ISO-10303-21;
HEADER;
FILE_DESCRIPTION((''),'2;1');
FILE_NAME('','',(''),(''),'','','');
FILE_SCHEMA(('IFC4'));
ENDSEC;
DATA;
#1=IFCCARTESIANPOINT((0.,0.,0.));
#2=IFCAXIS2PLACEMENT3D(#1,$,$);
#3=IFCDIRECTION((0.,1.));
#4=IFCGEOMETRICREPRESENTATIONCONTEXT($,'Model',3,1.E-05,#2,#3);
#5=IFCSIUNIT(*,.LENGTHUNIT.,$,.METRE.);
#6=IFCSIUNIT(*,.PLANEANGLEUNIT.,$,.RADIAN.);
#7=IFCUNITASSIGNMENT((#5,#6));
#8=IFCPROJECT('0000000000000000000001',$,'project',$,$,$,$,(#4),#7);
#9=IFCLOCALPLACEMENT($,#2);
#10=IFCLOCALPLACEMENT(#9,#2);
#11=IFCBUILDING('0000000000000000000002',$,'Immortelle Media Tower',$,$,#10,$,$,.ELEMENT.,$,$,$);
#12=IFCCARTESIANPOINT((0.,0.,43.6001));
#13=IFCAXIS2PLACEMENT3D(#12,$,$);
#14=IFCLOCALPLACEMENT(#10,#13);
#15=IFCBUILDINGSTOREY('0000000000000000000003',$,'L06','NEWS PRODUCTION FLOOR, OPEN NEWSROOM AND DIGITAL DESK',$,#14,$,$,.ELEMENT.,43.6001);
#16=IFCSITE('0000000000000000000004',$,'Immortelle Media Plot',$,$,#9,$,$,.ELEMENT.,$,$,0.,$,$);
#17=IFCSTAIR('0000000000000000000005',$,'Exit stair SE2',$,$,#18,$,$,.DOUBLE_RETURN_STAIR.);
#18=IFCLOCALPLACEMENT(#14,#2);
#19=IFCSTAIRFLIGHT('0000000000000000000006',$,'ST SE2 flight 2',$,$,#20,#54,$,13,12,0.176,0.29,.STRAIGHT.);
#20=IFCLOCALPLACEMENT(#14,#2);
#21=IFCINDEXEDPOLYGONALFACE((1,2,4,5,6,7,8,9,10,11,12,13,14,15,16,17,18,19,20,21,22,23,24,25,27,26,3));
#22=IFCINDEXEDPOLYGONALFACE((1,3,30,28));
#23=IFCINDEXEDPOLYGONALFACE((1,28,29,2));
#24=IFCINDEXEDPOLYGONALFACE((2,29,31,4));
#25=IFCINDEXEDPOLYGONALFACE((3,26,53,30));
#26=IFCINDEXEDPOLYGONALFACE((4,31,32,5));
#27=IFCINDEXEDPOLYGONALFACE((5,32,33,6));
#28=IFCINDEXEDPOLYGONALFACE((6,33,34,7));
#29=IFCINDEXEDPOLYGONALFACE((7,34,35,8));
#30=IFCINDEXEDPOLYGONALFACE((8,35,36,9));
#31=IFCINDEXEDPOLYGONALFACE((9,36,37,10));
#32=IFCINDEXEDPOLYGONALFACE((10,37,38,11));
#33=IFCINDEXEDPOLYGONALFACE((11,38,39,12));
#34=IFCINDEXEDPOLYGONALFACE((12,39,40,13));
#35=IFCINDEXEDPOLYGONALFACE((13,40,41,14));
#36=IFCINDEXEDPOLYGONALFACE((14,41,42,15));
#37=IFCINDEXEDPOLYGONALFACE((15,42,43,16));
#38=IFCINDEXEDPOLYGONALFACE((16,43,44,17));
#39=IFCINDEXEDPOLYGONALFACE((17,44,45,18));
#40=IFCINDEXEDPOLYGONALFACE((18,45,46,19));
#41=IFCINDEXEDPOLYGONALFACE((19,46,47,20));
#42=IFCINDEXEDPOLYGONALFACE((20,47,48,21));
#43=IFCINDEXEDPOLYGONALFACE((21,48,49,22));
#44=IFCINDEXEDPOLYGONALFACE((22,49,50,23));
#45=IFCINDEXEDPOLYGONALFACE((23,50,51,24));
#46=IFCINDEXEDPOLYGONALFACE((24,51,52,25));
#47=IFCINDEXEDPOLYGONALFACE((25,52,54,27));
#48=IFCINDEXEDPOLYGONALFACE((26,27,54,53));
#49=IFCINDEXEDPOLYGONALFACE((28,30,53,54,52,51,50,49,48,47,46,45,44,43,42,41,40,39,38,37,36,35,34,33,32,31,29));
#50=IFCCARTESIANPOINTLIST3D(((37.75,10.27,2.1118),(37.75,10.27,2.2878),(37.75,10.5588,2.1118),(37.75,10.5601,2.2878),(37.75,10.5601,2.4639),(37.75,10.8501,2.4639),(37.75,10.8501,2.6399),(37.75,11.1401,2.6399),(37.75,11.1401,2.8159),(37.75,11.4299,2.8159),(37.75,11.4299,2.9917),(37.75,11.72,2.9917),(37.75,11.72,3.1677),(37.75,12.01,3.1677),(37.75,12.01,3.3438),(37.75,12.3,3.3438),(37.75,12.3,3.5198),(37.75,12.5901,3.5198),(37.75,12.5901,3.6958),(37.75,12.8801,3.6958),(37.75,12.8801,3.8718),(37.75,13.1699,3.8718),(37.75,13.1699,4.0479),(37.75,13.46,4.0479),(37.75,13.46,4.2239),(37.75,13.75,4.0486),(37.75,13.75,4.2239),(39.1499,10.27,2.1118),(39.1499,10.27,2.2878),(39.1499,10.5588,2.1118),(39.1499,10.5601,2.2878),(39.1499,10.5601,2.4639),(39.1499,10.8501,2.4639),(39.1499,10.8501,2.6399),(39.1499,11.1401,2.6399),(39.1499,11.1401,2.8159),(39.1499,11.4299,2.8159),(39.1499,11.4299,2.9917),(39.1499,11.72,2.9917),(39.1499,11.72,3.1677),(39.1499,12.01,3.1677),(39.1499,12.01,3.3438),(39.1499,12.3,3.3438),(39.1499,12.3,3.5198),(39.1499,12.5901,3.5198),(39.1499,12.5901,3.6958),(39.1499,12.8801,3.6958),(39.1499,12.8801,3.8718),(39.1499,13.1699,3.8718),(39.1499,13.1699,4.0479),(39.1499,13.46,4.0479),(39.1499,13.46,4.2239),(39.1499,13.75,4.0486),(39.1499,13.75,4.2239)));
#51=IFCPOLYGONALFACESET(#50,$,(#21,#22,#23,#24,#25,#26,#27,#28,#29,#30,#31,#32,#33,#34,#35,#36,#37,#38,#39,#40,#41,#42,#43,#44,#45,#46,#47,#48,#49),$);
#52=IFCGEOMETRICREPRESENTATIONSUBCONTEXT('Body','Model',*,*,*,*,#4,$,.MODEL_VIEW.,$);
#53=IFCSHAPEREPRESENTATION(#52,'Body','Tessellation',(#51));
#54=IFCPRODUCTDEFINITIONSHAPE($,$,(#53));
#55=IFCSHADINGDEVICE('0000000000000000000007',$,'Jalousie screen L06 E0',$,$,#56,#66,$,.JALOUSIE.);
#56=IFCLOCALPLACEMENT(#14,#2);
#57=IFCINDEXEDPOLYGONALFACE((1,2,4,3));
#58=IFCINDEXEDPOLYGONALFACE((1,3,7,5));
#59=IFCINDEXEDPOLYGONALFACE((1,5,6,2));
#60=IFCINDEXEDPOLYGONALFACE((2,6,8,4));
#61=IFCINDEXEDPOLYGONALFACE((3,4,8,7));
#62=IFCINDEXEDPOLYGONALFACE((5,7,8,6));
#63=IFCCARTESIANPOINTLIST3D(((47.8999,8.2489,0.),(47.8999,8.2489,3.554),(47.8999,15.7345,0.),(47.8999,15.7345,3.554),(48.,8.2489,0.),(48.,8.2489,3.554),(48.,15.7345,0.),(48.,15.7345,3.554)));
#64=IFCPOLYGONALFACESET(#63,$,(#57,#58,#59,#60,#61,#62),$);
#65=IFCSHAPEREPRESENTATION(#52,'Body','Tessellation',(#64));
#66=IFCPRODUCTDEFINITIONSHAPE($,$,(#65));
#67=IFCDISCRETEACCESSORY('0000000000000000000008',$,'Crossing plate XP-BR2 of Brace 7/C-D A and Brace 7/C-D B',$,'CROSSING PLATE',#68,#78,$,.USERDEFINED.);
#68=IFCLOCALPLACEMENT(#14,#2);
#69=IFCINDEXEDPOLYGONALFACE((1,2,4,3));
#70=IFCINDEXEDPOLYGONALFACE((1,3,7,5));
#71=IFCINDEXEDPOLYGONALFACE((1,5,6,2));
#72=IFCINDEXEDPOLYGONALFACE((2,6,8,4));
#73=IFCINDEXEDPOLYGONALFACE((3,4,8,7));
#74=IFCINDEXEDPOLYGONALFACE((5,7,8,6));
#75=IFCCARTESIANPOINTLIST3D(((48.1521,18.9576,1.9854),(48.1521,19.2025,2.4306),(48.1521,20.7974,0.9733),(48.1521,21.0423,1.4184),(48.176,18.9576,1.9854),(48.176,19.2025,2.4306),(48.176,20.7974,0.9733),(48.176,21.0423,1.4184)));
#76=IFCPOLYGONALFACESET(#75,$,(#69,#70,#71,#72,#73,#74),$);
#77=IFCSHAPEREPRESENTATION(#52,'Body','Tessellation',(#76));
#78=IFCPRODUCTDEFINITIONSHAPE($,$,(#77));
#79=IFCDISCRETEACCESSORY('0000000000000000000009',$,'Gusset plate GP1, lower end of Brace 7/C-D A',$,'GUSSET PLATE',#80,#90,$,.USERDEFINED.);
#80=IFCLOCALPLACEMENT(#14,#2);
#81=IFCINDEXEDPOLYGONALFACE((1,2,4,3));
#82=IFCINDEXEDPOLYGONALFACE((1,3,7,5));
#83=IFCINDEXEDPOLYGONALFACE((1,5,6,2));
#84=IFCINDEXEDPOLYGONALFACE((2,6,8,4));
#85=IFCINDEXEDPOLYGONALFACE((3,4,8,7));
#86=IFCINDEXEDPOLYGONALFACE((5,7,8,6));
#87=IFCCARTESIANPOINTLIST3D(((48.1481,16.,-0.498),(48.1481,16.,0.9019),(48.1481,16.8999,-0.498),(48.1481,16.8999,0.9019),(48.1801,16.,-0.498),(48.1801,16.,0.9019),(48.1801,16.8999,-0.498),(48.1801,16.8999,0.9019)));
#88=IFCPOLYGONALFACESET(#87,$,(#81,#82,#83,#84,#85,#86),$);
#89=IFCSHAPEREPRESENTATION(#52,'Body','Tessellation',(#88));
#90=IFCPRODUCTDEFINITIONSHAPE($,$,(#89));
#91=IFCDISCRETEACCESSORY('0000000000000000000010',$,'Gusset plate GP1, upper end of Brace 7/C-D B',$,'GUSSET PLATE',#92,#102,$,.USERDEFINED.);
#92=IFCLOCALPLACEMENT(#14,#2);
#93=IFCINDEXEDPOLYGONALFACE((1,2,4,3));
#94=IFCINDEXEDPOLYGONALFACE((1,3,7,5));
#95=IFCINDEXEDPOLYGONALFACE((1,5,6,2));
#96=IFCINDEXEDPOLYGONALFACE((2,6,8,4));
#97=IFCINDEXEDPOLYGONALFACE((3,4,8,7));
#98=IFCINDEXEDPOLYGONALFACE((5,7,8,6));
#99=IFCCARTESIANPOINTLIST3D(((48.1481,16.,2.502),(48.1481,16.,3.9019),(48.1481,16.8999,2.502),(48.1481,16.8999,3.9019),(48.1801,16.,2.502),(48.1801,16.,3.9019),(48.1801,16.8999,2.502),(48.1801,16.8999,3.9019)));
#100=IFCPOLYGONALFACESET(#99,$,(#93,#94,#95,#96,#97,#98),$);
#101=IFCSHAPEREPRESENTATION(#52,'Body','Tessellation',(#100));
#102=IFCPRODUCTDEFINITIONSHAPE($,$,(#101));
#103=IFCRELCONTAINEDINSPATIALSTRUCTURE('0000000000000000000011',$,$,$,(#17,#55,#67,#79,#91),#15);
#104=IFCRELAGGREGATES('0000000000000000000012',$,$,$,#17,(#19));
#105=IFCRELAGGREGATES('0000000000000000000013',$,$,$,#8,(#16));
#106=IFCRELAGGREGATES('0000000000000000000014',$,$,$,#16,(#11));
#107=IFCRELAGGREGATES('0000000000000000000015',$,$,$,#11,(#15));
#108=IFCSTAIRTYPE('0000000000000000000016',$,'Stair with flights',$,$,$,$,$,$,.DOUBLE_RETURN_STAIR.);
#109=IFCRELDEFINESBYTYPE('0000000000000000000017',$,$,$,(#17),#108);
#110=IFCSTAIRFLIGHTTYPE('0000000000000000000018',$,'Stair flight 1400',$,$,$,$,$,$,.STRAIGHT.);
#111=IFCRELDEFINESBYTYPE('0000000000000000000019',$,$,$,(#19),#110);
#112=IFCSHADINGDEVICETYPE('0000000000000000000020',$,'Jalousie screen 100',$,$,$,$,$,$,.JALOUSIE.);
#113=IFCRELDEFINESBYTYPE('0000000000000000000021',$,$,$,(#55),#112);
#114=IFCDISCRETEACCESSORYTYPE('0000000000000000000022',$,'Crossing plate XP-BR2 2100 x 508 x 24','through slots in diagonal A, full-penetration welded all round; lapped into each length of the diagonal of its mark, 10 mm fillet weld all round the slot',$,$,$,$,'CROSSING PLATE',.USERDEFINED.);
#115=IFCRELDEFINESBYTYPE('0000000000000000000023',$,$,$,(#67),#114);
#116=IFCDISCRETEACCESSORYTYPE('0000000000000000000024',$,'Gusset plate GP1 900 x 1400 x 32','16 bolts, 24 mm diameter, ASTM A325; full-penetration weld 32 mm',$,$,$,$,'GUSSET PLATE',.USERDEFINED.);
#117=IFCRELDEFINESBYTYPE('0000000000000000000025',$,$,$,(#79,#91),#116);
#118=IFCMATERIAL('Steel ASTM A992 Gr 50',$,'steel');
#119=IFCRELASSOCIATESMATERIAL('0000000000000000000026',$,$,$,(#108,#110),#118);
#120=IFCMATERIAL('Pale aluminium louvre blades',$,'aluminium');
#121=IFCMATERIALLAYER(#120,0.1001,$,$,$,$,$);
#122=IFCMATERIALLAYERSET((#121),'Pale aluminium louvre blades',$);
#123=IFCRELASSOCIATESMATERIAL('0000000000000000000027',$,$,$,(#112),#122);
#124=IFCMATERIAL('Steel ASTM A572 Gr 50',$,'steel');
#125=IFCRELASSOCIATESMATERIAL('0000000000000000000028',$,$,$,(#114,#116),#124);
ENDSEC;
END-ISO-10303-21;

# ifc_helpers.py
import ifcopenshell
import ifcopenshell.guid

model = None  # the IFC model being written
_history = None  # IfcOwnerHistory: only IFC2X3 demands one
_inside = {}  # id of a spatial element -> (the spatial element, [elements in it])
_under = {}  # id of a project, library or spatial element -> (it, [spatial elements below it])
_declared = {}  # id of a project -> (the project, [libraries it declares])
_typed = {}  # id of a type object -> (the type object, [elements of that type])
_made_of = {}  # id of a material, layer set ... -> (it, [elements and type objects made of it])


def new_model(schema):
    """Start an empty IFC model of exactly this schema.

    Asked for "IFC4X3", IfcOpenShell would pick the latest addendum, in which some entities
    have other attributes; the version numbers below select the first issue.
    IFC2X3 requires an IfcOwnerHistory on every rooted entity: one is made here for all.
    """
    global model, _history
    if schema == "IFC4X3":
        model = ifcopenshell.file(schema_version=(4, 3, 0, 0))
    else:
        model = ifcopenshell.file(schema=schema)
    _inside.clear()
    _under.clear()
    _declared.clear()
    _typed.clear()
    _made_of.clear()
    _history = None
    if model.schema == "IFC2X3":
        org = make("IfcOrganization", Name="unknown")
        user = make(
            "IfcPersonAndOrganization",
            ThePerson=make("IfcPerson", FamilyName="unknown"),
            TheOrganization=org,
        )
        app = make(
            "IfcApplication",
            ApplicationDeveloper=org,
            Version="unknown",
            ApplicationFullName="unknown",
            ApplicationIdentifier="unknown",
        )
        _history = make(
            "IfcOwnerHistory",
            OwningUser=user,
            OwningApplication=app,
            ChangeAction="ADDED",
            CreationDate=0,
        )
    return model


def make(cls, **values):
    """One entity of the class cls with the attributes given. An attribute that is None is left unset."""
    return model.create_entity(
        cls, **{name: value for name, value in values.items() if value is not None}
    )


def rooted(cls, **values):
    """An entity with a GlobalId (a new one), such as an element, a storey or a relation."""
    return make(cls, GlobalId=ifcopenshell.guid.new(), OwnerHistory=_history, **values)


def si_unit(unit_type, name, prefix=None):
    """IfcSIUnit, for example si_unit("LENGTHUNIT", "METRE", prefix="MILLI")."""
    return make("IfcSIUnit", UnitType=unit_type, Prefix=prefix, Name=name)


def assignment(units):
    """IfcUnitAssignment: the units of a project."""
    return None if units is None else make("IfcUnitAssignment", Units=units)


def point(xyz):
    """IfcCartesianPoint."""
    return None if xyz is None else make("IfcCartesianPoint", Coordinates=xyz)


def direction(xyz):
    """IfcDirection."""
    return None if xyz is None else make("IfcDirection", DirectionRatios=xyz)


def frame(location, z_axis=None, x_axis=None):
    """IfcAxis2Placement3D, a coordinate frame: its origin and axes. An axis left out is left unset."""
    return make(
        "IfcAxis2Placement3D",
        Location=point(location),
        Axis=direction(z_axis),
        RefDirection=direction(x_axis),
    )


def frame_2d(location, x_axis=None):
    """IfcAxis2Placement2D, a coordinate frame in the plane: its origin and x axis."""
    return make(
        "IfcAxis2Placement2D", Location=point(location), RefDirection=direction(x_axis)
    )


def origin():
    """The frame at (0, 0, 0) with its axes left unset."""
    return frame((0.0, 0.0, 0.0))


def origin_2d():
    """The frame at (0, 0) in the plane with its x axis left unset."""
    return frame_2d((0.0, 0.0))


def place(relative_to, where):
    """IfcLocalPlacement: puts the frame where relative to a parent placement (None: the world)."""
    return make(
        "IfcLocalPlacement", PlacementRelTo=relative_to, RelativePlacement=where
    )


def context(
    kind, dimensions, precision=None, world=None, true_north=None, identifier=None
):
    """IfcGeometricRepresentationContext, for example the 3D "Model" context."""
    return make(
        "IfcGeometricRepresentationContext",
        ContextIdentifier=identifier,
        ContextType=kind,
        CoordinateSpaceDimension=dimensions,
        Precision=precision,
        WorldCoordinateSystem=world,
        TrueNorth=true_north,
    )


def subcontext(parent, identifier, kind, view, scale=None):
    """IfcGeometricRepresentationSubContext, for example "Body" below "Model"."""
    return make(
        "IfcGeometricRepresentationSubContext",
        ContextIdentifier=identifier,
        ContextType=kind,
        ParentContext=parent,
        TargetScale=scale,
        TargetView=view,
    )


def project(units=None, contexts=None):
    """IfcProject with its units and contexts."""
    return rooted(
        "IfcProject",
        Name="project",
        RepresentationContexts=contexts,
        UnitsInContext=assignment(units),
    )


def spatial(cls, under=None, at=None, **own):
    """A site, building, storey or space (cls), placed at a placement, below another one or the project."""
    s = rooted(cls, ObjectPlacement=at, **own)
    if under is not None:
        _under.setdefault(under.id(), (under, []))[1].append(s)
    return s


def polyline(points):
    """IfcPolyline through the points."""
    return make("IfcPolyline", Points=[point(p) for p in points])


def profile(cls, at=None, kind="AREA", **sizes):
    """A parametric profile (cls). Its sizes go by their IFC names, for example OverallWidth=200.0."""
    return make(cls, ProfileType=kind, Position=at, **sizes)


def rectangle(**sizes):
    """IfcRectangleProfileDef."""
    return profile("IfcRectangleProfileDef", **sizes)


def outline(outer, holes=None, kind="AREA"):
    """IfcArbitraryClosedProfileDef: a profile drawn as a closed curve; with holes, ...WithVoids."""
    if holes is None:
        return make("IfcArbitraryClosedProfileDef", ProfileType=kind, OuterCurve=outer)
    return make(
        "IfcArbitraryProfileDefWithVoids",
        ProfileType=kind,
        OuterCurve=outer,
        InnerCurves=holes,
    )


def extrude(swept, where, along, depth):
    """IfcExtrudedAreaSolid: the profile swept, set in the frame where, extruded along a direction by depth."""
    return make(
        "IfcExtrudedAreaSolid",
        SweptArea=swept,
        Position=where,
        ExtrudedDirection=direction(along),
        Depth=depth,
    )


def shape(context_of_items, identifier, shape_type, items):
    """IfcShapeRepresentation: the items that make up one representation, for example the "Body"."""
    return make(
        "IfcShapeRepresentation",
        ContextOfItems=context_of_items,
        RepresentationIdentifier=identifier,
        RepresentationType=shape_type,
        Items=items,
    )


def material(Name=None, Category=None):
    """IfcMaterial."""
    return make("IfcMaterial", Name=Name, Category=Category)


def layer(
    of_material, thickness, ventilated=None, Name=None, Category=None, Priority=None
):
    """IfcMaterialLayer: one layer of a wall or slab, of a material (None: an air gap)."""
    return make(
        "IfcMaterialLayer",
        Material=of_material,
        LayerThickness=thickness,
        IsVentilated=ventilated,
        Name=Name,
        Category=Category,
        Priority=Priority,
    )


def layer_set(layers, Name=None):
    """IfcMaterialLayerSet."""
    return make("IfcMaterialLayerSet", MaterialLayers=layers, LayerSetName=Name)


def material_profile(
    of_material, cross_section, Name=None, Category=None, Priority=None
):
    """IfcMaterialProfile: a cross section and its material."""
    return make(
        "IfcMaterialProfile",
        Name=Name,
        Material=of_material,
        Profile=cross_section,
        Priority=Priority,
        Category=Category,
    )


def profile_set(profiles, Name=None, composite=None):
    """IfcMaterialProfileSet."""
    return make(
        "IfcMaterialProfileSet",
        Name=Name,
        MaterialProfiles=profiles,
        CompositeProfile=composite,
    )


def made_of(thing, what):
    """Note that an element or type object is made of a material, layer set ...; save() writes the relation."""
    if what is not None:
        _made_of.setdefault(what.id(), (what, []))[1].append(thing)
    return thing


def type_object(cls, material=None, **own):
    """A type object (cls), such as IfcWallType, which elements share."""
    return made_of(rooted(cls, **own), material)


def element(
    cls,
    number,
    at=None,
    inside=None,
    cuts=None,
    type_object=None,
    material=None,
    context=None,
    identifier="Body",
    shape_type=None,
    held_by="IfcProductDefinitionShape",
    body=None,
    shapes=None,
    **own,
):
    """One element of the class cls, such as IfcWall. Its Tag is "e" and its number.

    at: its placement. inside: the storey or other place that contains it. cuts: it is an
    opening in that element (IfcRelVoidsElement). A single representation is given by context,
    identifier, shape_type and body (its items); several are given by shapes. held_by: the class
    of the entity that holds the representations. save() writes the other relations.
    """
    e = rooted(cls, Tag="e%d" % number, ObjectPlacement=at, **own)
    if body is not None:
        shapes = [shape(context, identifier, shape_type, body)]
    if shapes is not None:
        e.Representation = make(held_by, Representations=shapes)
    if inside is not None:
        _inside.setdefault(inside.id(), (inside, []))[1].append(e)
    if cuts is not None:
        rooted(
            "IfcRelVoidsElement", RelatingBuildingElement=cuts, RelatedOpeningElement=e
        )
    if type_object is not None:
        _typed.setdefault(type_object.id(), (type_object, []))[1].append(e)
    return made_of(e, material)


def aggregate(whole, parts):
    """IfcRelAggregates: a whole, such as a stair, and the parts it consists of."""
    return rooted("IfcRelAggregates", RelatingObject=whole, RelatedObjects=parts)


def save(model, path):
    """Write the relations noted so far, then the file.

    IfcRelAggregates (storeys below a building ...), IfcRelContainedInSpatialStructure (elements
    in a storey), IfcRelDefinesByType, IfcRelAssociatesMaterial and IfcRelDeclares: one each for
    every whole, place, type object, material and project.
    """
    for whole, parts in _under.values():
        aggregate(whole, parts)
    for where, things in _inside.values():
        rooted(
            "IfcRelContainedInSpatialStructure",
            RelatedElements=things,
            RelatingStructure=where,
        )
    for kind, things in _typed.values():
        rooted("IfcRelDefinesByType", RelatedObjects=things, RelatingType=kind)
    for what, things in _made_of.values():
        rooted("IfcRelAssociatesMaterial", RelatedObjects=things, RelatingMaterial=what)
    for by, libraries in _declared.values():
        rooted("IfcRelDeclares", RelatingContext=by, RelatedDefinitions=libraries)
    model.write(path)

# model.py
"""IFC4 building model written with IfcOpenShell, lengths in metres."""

from ifc_helpers import new_model, si_unit, direction, frame, origin, origin_2d, place, context, subcontext, project, spatial, polyline, rectangle, outline, extrude, material, layer, layer_set, material_profile, profile_set, type_object, element, aggregate, save


model = new_model("IFC4")

# Units and contexts
model_context = context("Model", 3, precision=1e-05, world=origin(), true_north=direction((0.0, 1.0)))
body_context = subcontext(model_context, "Body", "Model", "MODEL_VIEW")
ifc_project = project(units=[si_unit("LENGTHUNIT", "METRE"), si_unit("PLANEANGLEUNIT", "RADIAN")], contexts=[model_context])

# Site, building, storey
site_placement = place(None, origin())
site = spatial("IfcSite", under=ifc_project, at=site_placement, Name="Immortelle Media Plot", CompositionType="ELEMENT", RefElevation=0.0)
building_placement = place(site_placement, origin())
building = spatial("IfcBuilding", under=site, at=building_placement, Name="Immortelle Media Tower", CompositionType="ELEMENT")
storey_placement = place(building_placement, frame((0.0, 0.0, 43.6001)))
storey = spatial("IfcBuildingStorey", under=building, at=storey_placement, Name="L06", Description="NEWS PRODUCTION FLOOR, OPEN NEWSROOM AND DIGITAL DESK", CompositionType="ELEMENT", Elevation=43.6001)

# Shared definitions
ifc_material_1 = material(Name="Steel ASTM A992 Gr 50", Category="steel")

# Stair, stair flight
stair_type = type_object("IfcStairType", Name="Stair with flights", PredefinedType="DOUBLE_RETURN_STAIR", material=ifc_material_1)
stair_flight_type = type_object("IfcStairFlightType", Name="Stair flight 1400", PredefinedType="STRAIGHT", material=ifc_material_1)
stair_1_placement = place(storey_placement, origin())
stair_1 = element("IfcStair", 1, at=stair_1_placement, inside=storey, type_object=stair_type, Name="Exit stair SE2", PredefinedType="DOUBLE_RETURN_STAIR")
stair_flight_1_placement = place(storey_placement, frame((38.45, 10.27, 2.1118), z_axis=(0.0, 0.0, 1.0), x_axis=(0.0, 1.0, 0.0)))
stair_flight_1 = element("IfcStairFlight", 2, at=stair_flight_1_placement, type_object=stair_flight_type, Name="ST SE2 flight 2", NumberOfRisers=13, NumberOfTreads=12, PredefinedType="STRAIGHT", RiserHeight=0.176, TreadLength=0.29, context=body_context, shape_type="SweptSolid", body=[
    extrude(outline(polyline([(0.0, 0.0), (0.0, 0.176), (0.29, 0.176), (0.29, 0.3521), (0.5801, 0.3521), (0.5801, 0.5281), (0.8701, 0.5281), (0.8701, 0.7041), (1.1599, 0.7041), (1.1599, 0.8799), (1.45, 0.8799), (1.45, 1.0559), (1.74, 1.0559), (1.74, 1.2319), (2.03, 1.2319), (2.03, 1.408), (2.3201, 1.408), (2.3201, 1.584), (2.6101, 1.584), (2.6101, 1.76), (2.8999, 1.76), (2.8999, 1.936), (3.1899, 1.936), (3.1899, 2.1121), (3.48, 2.1121), (3.48, 2.2881), (3.48, 1.9368), (0.2888, 0.0), (0.0, 0.0)])), frame((0.0, 0.7, 0.0), z_axis=(0.0, -1.0, 0.0), x_axis=(1.0, 0.0, 0.0)), (0.0, 0.0, 1.0), 1.3999),
])
aggregate(stair_1, [stair_flight_1])

# Shading device
ifc_material_2 = material(Name="Pale aluminium louvre blades", Category="aluminium")
ifc_layer_1 = layer(ifc_material_2, 0.1001)
ifc_layer_set_1 = layer_set([ifc_layer_1], Name="Pale aluminium louvre blades")
shading_device_type = type_object("IfcShadingDeviceType", Name="Jalousie screen 100", PredefinedType="JALOUSIE", material=ifc_layer_set_1)
shading_device_placement = place(storey_placement, frame((47.95, 11.9917, 0.0), z_axis=(0.0, 0.0, 1.0), x_axis=(0.0, 1.0, 0.0)))
element("IfcShadingDevice", 3, at=shading_device_placement, inside=storey, type_object=shading_device_type, Name="Jalousie screen L06 E0", PredefinedType="JALOUSIE", context=body_context, shape_type="SweptSolid", body=[
    extrude(rectangle(XDim=7.4856, YDim=0.1001, at=origin_2d()), origin(), (0.0, 0.0, 1.0), 3.554),
])

# Discrete accessories
ifc_material_3 = material(Name="Steel ASTM A572 Gr 50", Category="steel")
ifc_material_profile_1 = material_profile(ifc_material_3, rectangle(XDim=0.0239, YDim=0.5081, at=origin_2d()), Name="PL 24 x 508")
ifc_profile_set_1 = profile_set([ifc_material_profile_1], Name="Steel ASTM A572 Gr 50")
discrete_accessory_type_1 = type_object("IfcDiscreteAccessoryType", Name="Crossing plate XP-BR2 2100 x 508 x 24", Description="through slots in diagonal A, full-penetration welded all round; lapped into each length of the diagonal of its mark, 10 mm fillet weld all round the slot", ElementType="CROSSING PLATE", PredefinedType="USERDEFINED", material=ifc_profile_set_1)
discrete_accessory_placement = place(storey_placement, frame((48.1641, 19.0801, 2.208), z_axis=(0.0, 0.876157, -0.482026), x_axis=(-1.0, 0.0, 0.0)))
element("IfcDiscreteAccessory", 4, at=discrete_accessory_placement, inside=storey, type_object=discrete_accessory_type_1, Name="Crossing plate XP-BR2 of Brace 7/C-D A and Brace 7/C-D B", ObjectType="CROSSING PLATE", PredefinedType="USERDEFINED", context=body_context, shape_type="SweptSolid", body=[
    extrude(rectangle(XDim=0.0239, YDim=0.5081, at=origin_2d()), origin(), (0.0, 0.0, 1.0), 2.0999),
])
ifc_material_profile_2 = material_profile(ifc_material_3, rectangle(XDim=0.032, YDim=1.3999, at=origin_2d()), Name="PL 32 x 1400")
ifc_profile_set_2 = profile_set([ifc_material_profile_2], Name="Steel ASTM A572 Gr 50")
discrete_accessory_type_2 = type_object("IfcDiscreteAccessoryType", Name="Gusset plate GP1 900 x 1400 x 32", Description="16 bolts, 24 mm diameter, ASTM A325; full-penetration weld 32 mm", ElementType="GUSSET PLATE", PredefinedType="USERDEFINED", material=ifc_profile_set_2)
for number, where, z_axis, x_axis, name in (
    (5, (48.1641, 16.0, 0.2019), (0.0, 1.0, 0.0), (-1.0, 0.0, 0.0), "Gusset plate GP1, lower end of Brace 7/C-D A"),
    (6, (48.1641, 16.0, 3.2019), (0.0, 1.0, 0.0), (-1.0, 0.0, 0.0), "Gusset plate GP1, upper end of Brace 7/C-D B"),
):
    element("IfcDiscreteAccessory", number, at=place(storey_placement, frame(where, z_axis=z_axis, x_axis=x_axis)), inside=storey, type_object=discrete_accessory_type_2, Name=name, ObjectType="GUSSET PLATE", PredefinedType="USERDEFINED", context=body_context, shape_type="SweptSolid", body=[
        extrude(rectangle(XDim=0.032, YDim=1.3999, at=origin_2d()), origin(), (0.0, 0.0, 1.0), 0.8999),
    ])

save(model, "model.ifc")
